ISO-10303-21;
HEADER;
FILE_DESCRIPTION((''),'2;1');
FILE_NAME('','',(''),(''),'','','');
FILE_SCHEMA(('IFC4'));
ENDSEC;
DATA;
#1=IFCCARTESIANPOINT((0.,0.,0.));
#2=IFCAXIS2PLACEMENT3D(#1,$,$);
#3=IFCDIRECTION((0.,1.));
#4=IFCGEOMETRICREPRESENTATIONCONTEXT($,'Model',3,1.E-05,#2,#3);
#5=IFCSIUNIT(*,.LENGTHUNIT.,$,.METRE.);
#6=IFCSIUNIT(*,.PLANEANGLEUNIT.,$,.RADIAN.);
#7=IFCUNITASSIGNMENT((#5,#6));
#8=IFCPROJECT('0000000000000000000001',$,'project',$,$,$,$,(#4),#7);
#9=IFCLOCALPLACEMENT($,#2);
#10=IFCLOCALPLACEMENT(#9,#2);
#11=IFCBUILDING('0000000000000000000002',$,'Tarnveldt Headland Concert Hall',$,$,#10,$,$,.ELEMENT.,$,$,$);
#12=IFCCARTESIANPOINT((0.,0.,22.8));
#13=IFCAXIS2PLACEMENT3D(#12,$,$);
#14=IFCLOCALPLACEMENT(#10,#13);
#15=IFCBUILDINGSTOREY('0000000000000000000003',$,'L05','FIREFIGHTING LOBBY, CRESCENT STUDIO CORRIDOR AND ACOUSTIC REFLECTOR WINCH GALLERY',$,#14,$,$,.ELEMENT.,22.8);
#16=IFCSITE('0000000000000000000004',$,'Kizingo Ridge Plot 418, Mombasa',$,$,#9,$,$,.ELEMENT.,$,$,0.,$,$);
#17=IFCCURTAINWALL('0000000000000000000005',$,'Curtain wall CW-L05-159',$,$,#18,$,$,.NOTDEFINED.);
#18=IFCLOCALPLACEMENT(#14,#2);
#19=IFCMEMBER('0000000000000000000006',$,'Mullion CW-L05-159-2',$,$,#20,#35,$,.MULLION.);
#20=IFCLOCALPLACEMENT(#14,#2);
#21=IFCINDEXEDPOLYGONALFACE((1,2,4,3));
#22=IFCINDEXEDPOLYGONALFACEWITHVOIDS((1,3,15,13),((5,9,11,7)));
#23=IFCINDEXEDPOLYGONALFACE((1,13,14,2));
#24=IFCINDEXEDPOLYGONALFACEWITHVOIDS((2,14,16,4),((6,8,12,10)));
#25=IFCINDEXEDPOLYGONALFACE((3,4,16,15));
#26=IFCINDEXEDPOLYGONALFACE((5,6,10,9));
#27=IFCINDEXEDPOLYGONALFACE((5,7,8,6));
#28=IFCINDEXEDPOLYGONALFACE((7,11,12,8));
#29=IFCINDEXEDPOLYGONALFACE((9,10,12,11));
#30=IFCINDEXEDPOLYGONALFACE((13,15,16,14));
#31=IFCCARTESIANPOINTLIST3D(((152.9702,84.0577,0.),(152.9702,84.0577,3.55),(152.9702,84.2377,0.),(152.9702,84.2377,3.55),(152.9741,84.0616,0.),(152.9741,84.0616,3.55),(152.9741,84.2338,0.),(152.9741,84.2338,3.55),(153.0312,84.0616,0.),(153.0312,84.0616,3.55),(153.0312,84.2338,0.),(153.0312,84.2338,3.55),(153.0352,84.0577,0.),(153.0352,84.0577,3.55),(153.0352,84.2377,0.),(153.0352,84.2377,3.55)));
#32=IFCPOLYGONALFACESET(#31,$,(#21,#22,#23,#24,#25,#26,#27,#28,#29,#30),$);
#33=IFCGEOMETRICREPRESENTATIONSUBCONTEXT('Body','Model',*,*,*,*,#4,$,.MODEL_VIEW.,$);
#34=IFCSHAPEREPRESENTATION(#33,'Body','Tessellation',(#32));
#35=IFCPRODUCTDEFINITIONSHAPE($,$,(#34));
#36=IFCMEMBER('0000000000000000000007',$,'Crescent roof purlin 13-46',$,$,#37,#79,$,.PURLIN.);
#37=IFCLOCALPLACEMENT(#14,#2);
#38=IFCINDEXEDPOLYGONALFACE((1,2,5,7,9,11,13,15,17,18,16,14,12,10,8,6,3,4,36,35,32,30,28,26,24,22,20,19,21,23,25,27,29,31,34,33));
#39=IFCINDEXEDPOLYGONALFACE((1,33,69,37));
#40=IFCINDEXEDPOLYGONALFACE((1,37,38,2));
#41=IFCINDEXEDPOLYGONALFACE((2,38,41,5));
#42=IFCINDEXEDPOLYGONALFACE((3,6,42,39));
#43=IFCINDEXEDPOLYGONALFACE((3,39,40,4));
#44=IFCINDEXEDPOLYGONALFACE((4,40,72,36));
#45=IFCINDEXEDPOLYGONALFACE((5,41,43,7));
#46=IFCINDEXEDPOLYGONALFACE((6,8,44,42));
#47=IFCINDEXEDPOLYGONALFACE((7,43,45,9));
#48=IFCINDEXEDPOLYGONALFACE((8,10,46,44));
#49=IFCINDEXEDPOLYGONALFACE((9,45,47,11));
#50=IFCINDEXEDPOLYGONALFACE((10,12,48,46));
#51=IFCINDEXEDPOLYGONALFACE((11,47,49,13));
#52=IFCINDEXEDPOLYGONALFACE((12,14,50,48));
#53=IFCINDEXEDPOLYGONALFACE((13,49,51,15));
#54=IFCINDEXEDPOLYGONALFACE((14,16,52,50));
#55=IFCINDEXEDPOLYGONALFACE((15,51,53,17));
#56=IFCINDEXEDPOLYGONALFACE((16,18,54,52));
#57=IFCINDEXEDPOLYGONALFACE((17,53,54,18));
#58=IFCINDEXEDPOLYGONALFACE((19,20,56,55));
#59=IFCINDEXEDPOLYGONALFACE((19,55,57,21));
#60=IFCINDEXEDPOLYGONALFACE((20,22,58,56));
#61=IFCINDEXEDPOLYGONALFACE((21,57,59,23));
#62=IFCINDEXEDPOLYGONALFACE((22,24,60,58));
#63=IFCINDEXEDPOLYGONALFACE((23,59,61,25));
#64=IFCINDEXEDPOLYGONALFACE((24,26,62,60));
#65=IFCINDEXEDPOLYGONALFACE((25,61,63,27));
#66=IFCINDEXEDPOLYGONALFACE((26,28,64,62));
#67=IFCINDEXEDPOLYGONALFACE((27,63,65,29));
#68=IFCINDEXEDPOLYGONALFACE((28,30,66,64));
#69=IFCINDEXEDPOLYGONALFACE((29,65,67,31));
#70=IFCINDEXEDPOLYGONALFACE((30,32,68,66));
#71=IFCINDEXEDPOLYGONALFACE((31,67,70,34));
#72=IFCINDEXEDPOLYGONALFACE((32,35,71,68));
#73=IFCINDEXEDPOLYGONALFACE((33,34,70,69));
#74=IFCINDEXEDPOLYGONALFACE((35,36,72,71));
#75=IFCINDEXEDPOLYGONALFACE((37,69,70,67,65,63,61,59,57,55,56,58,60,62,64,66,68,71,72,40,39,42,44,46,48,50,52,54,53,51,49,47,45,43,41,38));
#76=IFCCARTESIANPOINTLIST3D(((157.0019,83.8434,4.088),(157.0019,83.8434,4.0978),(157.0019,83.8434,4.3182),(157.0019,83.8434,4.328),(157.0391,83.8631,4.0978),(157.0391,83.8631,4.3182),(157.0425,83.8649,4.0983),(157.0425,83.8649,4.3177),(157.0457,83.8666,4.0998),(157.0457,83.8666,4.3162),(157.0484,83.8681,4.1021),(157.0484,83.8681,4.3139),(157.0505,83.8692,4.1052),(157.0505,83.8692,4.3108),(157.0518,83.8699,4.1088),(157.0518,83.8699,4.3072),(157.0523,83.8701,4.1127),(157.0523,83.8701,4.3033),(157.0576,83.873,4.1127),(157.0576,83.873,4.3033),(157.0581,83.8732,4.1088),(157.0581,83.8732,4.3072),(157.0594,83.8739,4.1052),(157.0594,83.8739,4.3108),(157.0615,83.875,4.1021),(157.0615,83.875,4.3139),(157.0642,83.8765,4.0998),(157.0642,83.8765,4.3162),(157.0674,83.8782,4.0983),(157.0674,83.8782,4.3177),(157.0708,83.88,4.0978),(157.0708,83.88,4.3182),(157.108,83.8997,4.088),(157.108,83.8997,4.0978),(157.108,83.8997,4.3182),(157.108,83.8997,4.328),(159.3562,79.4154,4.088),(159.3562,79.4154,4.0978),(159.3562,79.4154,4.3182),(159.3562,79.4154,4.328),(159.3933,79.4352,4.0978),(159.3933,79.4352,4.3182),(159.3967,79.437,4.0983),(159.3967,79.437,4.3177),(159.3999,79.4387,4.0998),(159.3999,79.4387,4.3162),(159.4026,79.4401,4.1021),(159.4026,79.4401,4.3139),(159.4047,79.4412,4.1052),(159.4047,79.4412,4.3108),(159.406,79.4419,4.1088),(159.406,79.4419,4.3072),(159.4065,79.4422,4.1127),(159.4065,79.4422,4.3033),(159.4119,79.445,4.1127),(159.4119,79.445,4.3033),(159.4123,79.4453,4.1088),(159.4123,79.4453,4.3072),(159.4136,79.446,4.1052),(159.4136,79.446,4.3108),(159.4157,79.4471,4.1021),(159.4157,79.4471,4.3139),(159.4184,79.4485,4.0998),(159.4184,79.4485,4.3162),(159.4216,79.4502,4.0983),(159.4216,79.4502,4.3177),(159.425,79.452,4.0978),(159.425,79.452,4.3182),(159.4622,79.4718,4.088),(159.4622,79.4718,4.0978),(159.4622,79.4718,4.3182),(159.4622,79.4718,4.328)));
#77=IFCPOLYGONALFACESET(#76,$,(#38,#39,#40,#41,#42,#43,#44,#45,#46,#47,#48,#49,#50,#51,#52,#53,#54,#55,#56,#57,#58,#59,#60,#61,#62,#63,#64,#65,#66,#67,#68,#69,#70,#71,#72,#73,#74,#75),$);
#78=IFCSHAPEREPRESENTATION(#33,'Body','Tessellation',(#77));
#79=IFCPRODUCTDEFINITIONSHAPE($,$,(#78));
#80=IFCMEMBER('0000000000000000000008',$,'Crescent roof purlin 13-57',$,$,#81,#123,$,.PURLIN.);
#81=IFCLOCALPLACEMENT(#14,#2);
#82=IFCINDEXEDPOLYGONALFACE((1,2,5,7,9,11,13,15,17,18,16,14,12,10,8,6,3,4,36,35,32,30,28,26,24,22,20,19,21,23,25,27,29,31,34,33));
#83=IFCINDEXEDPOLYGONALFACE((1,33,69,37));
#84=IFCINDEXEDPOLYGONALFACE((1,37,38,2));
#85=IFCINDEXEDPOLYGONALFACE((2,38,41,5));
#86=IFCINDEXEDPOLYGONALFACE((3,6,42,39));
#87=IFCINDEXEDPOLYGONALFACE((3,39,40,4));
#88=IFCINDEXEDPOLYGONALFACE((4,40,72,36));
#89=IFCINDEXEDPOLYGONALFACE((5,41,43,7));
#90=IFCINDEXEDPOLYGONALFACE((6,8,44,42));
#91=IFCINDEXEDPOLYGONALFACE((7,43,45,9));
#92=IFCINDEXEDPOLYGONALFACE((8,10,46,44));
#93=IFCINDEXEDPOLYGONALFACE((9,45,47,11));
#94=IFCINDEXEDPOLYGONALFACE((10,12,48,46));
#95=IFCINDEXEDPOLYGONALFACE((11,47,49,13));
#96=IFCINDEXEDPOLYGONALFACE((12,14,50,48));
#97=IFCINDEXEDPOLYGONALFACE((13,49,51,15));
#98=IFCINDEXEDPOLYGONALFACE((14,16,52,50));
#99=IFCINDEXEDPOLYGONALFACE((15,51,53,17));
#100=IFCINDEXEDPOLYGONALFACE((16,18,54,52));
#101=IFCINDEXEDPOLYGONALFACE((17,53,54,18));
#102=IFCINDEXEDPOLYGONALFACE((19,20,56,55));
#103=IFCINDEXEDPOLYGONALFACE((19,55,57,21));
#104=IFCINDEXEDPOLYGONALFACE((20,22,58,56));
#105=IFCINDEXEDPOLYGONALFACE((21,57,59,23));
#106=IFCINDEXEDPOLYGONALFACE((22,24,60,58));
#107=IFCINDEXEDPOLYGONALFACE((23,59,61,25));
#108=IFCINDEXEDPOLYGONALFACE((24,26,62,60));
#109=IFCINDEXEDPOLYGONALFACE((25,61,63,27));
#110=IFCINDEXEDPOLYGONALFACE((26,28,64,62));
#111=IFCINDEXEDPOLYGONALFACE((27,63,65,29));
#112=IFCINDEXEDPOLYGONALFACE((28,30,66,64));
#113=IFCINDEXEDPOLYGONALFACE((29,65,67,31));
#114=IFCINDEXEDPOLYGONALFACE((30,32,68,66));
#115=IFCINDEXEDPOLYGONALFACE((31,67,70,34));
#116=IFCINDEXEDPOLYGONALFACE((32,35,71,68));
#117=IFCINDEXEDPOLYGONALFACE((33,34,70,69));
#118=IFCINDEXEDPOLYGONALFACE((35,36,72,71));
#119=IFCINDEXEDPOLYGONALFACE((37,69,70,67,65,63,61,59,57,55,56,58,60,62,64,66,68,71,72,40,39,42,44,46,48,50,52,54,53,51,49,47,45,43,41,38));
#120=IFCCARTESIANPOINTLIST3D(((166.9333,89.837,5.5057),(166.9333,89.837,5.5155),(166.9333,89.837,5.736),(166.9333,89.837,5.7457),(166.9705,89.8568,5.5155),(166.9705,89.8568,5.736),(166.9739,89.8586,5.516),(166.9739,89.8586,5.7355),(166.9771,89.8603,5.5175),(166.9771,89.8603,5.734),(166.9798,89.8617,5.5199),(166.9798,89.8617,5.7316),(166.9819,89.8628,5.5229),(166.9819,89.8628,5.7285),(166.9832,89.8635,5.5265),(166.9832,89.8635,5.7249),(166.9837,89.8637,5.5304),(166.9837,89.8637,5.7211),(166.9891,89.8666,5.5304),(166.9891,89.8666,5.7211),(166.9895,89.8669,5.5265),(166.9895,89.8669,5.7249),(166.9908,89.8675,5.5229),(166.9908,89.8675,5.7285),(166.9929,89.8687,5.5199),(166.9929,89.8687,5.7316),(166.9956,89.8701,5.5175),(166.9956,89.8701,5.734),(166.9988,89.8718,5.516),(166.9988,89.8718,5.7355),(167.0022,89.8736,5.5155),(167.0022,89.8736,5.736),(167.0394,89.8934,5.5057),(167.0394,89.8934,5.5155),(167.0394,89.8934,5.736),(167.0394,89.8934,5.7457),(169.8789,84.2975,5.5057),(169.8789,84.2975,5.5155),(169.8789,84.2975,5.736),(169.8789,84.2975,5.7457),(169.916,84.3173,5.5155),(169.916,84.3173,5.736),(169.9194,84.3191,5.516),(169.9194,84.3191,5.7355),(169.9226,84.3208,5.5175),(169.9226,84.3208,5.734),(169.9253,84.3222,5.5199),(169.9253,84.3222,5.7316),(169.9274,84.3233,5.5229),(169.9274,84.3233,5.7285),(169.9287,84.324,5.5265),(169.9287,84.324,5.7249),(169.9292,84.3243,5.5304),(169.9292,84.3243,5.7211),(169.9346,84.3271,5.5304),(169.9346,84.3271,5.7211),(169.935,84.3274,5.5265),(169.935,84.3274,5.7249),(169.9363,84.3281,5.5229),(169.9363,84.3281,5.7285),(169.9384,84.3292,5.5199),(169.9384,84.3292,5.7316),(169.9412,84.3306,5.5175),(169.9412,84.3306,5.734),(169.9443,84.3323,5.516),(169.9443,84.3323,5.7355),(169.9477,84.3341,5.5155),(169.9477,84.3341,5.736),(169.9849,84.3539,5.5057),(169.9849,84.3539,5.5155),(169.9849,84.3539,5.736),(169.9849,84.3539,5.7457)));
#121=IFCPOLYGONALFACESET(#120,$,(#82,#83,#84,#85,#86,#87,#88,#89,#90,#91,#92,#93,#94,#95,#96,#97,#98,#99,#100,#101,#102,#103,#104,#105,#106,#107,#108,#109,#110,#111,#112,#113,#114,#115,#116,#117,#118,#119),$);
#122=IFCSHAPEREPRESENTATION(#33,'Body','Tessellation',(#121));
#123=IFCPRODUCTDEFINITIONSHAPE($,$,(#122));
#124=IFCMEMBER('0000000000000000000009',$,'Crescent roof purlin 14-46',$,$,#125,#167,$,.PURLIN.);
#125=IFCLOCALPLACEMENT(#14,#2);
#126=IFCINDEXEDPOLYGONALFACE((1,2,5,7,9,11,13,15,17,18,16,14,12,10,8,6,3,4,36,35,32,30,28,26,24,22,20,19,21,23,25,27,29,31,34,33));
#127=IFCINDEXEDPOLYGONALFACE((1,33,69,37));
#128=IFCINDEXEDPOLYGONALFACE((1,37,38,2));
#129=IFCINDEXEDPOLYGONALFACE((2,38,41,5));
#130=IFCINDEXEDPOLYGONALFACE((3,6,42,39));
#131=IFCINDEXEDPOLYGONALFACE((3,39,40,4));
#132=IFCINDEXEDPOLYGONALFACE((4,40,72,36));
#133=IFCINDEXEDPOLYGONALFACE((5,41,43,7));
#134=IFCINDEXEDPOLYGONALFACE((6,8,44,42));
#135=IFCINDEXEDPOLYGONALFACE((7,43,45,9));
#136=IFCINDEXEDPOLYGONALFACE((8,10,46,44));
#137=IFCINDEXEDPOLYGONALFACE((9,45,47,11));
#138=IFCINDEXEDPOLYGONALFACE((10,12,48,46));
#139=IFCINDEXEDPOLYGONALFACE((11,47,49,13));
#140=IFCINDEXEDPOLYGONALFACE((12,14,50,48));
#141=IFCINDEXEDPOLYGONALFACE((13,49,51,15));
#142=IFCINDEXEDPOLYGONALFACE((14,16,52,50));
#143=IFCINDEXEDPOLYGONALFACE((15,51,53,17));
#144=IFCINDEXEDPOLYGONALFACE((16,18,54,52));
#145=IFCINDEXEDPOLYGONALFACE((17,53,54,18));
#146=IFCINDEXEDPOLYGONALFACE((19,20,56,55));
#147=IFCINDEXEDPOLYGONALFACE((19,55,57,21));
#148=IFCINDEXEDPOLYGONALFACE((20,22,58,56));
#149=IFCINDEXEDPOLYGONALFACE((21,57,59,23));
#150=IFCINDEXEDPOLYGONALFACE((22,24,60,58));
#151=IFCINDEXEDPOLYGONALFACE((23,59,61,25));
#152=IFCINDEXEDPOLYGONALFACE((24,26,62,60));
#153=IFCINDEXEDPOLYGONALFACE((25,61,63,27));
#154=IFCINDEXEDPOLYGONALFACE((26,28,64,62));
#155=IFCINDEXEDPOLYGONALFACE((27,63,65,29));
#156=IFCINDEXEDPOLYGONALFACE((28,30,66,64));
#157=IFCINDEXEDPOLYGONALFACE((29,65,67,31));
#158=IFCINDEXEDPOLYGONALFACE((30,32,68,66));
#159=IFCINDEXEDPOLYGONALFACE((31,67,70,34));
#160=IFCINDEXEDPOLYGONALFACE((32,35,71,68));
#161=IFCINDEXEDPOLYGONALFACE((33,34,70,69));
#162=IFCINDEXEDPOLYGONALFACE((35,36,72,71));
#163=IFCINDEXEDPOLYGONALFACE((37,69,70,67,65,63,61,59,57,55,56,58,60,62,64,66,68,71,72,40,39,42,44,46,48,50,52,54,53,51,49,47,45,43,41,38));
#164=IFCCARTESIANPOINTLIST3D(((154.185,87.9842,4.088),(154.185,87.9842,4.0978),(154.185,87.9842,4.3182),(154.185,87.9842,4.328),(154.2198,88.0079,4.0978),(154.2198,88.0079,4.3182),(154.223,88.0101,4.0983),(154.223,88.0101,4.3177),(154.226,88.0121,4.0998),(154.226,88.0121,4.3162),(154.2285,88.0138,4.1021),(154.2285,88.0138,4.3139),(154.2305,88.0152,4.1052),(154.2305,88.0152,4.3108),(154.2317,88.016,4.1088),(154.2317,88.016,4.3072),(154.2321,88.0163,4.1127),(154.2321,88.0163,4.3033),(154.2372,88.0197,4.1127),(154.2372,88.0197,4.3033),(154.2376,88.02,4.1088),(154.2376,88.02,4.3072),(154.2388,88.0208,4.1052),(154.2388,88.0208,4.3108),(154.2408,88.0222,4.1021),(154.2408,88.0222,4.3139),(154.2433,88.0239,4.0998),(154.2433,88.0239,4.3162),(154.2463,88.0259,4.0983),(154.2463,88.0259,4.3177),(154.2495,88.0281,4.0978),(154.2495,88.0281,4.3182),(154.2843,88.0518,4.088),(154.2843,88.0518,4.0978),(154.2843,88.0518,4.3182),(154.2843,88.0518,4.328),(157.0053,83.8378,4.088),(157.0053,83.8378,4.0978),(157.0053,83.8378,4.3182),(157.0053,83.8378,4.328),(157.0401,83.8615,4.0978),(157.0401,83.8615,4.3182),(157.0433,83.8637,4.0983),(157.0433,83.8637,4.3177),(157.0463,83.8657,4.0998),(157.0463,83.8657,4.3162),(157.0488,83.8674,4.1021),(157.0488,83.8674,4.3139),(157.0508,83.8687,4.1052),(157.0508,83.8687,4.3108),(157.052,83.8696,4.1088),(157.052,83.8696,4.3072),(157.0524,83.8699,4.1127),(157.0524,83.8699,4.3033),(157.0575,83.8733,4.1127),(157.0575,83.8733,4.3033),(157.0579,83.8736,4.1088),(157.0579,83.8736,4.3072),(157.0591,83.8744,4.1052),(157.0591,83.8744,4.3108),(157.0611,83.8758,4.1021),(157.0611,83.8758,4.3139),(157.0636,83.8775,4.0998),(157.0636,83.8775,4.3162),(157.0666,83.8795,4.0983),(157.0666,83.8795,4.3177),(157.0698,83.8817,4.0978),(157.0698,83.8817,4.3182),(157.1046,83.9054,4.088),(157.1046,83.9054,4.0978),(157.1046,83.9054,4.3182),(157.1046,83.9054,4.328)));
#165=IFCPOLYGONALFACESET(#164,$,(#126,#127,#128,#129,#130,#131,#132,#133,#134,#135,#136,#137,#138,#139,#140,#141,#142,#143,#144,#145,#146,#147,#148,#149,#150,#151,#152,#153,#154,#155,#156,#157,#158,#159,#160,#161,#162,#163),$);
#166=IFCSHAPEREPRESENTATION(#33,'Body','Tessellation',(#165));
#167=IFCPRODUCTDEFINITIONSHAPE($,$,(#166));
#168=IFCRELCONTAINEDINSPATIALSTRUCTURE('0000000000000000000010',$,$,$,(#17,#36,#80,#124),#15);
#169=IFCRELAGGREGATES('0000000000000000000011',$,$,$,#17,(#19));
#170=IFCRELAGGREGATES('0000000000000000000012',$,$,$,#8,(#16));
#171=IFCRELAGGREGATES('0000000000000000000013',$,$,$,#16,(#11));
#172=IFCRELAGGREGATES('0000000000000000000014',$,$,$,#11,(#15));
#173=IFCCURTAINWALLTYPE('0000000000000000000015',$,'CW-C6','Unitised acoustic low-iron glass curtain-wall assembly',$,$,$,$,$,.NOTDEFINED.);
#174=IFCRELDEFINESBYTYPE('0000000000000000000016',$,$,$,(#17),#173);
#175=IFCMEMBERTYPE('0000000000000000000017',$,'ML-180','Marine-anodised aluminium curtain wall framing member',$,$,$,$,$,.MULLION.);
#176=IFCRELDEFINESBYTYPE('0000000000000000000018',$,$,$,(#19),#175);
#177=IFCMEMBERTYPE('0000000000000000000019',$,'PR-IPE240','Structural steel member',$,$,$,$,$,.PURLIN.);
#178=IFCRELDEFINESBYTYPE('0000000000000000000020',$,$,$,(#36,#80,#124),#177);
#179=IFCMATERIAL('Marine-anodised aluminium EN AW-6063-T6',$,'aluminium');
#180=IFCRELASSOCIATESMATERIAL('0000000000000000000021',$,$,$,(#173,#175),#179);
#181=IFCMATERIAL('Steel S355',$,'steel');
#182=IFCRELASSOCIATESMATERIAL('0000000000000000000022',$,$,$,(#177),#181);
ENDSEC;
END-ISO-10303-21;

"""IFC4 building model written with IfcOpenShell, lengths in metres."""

from ifc_helpers import new_model, si_unit, direction, frame, origin, origin_2d, place, context, subcontext, project, spatial, hollow_rectangle, i_section, extrude, material, material_profile, profile_set, type_object, element, aggregate, save


model = new_model("IFC4")

# Units and contexts
model_context = context("Model", 3, precision=1e-05, world=origin(), true_north=direction((0.0, 1.0)))
body_context = subcontext(model_context, "Body", "Model", "MODEL_VIEW")
ifc_project = project(units=[si_unit("LENGTHUNIT", "METRE"), si_unit("PLANEANGLEUNIT", "RADIAN")], contexts=[model_context])

# Site, building, storey
site_placement = place(None, origin())
site = spatial("IfcSite", under=ifc_project, at=site_placement, Name="Kizingo Ridge Plot 418, Mombasa", CompositionType="ELEMENT", RefElevation=0.0)
building_placement = place(site_placement, origin())
building = spatial("IfcBuilding", under=site, at=building_placement, Name="Tarnveldt Headland Concert Hall", CompositionType="ELEMENT")
storey_placement = place(building_placement, frame((0.0, 0.0, 22.8)))
storey = spatial("IfcBuildingStorey", under=building, at=storey_placement, Name="L05", Description="FIREFIGHTING LOBBY, CRESCENT STUDIO CORRIDOR AND ACOUSTIC REFLECTOR WINCH GALLERY", CompositionType="ELEMENT", Elevation=22.8)

# Shared definitions
ifc_material_1 = material(Name="Steel S355", Category="steel")

# Curtain wall, member
ifc_material_2 = material(Name="Marine-anodised aluminium EN AW-6063-T6", Category="aluminium")
curtain_wall_type = type_object("IfcCurtainWallType", Name="CW-C6", Description="Unitised acoustic low-iron glass curtain-wall assembly", PredefinedType="NOTDEFINED", material=ifc_material_2)
ifc_material_profile_1 = material_profile(ifc_material_2, hollow_rectangle(XDim=0.0649, YDim=0.1799, WallThickness=0.0039, at=origin_2d()), Name="ALU MULLION 65x180x4", Category="aluminium")
ifc_profile_set_1 = profile_set([ifc_material_profile_1], Name="Marine-anodised aluminium EN AW-6063-T6")
member_type_1 = type_object("IfcMemberType", Name="ML-180", Description="Marine-anodised aluminium curtain wall framing member", PredefinedType="MULLION", material=ifc_profile_set_1)
curtain_wall_1_placement = place(storey_placement, origin())
curtain_wall_1 = element("IfcCurtainWall", 1, at=curtain_wall_1_placement, inside=storey, type_object=curtain_wall_type, Name="Curtain wall CW-L05-159", PredefinedType="NOTDEFINED")
member_1_placement = place(storey_placement, frame((153.0027, 84.1477, 0.0), z_axis=(0.0, 0.0, 1.0), x_axis=(1.0, 0.0, 0.0)))
member_1 = element("IfcMember", 2, at=member_1_placement, type_object=member_type_1, Name="Mullion CW-L05-159-2", PredefinedType="MULLION", context=body_context, shape_type="SweptSolid", body=[
    extrude(hollow_rectangle(XDim=0.0649, YDim=0.1799, WallThickness=0.0039, at=origin_2d()), origin(), (0.0, 0.0, 1.0), 3.55),
])

# Members
ifc_material_profile_2 = material_profile(ifc_material_1, i_section(OverallWidth=0.1201, OverallDepth=0.24, WebThickness=0.0061, FlangeThickness=0.0098, FilletRadius=0.0149, at=origin_2d()), Name="IPE240", Category="steel")
ifc_profile_set_2 = profile_set([ifc_material_profile_2], Name="Steel S355")
member_type_2 = type_object("IfcMemberType", Name="PR-IPE240", Description="Structural steel member", PredefinedType="PURLIN", material=ifc_profile_set_2)
member_2_placement = place(storey_placement, frame((159.4092, 79.4436, 4.208), z_axis=(-0.469448, 0.88296, 0.0), x_axis=(-0.88296, -0.469448, 0.0)))
element("IfcMember", 3, at=member_2_placement, inside=storey, type_object=member_type_2, Name="Crescent roof purlin 13-46", PredefinedType="PURLIN", context=body_context, shape_type="SweptSolid", body=[
    extrude(i_section(OverallWidth=0.1201, OverallDepth=0.24, WebThickness=0.0061, FlangeThickness=0.0098, FilletRadius=0.0149, at=origin_2d()), origin(), (0.0, 0.0, 1.0), 5.0149),
])
member_3_placement = place(storey_placement, frame((169.9319, 84.3257, 5.6257), z_axis=(-0.469487, 0.882939, 0.0), x_axis=(-0.882939, -0.469487, 0.0)))
element("IfcMember", 4, at=member_3_placement, inside=storey, type_object=member_type_2, Name="Crescent roof purlin 13-57", PredefinedType="PURLIN", context=body_context, shape_type="SweptSolid", body=[
    extrude(i_section(OverallWidth=0.1201, OverallDepth=0.24, WebThickness=0.0061, FlangeThickness=0.0098, FilletRadius=0.0149, at=origin_2d()), origin(), (0.0, 0.0, 1.0), 6.2739),
])
member_4_placement = place(storey_placement, frame((157.0549, 83.8716, 4.208), z_axis=(-0.562406, 0.826861, 0.0), x_axis=(-0.826861, -0.562406, 0.0)))
element("IfcMember", 5, at=member_4_placement, inside=storey, type_object=member_type_2, Name="Crescent roof purlin 14-46", PredefinedType="PURLIN", context=body_context, shape_type="SweptSolid", body=[
    extrude(i_section(OverallWidth=0.1201, OverallDepth=0.24, WebThickness=0.0061, FlangeThickness=0.0098, FilletRadius=0.0149, at=origin_2d()), origin(), (0.0, 0.0, 1.0), 5.0146),
])

aggregate(curtain_wall_1, [member_1])

save(model, "model.ifc")
